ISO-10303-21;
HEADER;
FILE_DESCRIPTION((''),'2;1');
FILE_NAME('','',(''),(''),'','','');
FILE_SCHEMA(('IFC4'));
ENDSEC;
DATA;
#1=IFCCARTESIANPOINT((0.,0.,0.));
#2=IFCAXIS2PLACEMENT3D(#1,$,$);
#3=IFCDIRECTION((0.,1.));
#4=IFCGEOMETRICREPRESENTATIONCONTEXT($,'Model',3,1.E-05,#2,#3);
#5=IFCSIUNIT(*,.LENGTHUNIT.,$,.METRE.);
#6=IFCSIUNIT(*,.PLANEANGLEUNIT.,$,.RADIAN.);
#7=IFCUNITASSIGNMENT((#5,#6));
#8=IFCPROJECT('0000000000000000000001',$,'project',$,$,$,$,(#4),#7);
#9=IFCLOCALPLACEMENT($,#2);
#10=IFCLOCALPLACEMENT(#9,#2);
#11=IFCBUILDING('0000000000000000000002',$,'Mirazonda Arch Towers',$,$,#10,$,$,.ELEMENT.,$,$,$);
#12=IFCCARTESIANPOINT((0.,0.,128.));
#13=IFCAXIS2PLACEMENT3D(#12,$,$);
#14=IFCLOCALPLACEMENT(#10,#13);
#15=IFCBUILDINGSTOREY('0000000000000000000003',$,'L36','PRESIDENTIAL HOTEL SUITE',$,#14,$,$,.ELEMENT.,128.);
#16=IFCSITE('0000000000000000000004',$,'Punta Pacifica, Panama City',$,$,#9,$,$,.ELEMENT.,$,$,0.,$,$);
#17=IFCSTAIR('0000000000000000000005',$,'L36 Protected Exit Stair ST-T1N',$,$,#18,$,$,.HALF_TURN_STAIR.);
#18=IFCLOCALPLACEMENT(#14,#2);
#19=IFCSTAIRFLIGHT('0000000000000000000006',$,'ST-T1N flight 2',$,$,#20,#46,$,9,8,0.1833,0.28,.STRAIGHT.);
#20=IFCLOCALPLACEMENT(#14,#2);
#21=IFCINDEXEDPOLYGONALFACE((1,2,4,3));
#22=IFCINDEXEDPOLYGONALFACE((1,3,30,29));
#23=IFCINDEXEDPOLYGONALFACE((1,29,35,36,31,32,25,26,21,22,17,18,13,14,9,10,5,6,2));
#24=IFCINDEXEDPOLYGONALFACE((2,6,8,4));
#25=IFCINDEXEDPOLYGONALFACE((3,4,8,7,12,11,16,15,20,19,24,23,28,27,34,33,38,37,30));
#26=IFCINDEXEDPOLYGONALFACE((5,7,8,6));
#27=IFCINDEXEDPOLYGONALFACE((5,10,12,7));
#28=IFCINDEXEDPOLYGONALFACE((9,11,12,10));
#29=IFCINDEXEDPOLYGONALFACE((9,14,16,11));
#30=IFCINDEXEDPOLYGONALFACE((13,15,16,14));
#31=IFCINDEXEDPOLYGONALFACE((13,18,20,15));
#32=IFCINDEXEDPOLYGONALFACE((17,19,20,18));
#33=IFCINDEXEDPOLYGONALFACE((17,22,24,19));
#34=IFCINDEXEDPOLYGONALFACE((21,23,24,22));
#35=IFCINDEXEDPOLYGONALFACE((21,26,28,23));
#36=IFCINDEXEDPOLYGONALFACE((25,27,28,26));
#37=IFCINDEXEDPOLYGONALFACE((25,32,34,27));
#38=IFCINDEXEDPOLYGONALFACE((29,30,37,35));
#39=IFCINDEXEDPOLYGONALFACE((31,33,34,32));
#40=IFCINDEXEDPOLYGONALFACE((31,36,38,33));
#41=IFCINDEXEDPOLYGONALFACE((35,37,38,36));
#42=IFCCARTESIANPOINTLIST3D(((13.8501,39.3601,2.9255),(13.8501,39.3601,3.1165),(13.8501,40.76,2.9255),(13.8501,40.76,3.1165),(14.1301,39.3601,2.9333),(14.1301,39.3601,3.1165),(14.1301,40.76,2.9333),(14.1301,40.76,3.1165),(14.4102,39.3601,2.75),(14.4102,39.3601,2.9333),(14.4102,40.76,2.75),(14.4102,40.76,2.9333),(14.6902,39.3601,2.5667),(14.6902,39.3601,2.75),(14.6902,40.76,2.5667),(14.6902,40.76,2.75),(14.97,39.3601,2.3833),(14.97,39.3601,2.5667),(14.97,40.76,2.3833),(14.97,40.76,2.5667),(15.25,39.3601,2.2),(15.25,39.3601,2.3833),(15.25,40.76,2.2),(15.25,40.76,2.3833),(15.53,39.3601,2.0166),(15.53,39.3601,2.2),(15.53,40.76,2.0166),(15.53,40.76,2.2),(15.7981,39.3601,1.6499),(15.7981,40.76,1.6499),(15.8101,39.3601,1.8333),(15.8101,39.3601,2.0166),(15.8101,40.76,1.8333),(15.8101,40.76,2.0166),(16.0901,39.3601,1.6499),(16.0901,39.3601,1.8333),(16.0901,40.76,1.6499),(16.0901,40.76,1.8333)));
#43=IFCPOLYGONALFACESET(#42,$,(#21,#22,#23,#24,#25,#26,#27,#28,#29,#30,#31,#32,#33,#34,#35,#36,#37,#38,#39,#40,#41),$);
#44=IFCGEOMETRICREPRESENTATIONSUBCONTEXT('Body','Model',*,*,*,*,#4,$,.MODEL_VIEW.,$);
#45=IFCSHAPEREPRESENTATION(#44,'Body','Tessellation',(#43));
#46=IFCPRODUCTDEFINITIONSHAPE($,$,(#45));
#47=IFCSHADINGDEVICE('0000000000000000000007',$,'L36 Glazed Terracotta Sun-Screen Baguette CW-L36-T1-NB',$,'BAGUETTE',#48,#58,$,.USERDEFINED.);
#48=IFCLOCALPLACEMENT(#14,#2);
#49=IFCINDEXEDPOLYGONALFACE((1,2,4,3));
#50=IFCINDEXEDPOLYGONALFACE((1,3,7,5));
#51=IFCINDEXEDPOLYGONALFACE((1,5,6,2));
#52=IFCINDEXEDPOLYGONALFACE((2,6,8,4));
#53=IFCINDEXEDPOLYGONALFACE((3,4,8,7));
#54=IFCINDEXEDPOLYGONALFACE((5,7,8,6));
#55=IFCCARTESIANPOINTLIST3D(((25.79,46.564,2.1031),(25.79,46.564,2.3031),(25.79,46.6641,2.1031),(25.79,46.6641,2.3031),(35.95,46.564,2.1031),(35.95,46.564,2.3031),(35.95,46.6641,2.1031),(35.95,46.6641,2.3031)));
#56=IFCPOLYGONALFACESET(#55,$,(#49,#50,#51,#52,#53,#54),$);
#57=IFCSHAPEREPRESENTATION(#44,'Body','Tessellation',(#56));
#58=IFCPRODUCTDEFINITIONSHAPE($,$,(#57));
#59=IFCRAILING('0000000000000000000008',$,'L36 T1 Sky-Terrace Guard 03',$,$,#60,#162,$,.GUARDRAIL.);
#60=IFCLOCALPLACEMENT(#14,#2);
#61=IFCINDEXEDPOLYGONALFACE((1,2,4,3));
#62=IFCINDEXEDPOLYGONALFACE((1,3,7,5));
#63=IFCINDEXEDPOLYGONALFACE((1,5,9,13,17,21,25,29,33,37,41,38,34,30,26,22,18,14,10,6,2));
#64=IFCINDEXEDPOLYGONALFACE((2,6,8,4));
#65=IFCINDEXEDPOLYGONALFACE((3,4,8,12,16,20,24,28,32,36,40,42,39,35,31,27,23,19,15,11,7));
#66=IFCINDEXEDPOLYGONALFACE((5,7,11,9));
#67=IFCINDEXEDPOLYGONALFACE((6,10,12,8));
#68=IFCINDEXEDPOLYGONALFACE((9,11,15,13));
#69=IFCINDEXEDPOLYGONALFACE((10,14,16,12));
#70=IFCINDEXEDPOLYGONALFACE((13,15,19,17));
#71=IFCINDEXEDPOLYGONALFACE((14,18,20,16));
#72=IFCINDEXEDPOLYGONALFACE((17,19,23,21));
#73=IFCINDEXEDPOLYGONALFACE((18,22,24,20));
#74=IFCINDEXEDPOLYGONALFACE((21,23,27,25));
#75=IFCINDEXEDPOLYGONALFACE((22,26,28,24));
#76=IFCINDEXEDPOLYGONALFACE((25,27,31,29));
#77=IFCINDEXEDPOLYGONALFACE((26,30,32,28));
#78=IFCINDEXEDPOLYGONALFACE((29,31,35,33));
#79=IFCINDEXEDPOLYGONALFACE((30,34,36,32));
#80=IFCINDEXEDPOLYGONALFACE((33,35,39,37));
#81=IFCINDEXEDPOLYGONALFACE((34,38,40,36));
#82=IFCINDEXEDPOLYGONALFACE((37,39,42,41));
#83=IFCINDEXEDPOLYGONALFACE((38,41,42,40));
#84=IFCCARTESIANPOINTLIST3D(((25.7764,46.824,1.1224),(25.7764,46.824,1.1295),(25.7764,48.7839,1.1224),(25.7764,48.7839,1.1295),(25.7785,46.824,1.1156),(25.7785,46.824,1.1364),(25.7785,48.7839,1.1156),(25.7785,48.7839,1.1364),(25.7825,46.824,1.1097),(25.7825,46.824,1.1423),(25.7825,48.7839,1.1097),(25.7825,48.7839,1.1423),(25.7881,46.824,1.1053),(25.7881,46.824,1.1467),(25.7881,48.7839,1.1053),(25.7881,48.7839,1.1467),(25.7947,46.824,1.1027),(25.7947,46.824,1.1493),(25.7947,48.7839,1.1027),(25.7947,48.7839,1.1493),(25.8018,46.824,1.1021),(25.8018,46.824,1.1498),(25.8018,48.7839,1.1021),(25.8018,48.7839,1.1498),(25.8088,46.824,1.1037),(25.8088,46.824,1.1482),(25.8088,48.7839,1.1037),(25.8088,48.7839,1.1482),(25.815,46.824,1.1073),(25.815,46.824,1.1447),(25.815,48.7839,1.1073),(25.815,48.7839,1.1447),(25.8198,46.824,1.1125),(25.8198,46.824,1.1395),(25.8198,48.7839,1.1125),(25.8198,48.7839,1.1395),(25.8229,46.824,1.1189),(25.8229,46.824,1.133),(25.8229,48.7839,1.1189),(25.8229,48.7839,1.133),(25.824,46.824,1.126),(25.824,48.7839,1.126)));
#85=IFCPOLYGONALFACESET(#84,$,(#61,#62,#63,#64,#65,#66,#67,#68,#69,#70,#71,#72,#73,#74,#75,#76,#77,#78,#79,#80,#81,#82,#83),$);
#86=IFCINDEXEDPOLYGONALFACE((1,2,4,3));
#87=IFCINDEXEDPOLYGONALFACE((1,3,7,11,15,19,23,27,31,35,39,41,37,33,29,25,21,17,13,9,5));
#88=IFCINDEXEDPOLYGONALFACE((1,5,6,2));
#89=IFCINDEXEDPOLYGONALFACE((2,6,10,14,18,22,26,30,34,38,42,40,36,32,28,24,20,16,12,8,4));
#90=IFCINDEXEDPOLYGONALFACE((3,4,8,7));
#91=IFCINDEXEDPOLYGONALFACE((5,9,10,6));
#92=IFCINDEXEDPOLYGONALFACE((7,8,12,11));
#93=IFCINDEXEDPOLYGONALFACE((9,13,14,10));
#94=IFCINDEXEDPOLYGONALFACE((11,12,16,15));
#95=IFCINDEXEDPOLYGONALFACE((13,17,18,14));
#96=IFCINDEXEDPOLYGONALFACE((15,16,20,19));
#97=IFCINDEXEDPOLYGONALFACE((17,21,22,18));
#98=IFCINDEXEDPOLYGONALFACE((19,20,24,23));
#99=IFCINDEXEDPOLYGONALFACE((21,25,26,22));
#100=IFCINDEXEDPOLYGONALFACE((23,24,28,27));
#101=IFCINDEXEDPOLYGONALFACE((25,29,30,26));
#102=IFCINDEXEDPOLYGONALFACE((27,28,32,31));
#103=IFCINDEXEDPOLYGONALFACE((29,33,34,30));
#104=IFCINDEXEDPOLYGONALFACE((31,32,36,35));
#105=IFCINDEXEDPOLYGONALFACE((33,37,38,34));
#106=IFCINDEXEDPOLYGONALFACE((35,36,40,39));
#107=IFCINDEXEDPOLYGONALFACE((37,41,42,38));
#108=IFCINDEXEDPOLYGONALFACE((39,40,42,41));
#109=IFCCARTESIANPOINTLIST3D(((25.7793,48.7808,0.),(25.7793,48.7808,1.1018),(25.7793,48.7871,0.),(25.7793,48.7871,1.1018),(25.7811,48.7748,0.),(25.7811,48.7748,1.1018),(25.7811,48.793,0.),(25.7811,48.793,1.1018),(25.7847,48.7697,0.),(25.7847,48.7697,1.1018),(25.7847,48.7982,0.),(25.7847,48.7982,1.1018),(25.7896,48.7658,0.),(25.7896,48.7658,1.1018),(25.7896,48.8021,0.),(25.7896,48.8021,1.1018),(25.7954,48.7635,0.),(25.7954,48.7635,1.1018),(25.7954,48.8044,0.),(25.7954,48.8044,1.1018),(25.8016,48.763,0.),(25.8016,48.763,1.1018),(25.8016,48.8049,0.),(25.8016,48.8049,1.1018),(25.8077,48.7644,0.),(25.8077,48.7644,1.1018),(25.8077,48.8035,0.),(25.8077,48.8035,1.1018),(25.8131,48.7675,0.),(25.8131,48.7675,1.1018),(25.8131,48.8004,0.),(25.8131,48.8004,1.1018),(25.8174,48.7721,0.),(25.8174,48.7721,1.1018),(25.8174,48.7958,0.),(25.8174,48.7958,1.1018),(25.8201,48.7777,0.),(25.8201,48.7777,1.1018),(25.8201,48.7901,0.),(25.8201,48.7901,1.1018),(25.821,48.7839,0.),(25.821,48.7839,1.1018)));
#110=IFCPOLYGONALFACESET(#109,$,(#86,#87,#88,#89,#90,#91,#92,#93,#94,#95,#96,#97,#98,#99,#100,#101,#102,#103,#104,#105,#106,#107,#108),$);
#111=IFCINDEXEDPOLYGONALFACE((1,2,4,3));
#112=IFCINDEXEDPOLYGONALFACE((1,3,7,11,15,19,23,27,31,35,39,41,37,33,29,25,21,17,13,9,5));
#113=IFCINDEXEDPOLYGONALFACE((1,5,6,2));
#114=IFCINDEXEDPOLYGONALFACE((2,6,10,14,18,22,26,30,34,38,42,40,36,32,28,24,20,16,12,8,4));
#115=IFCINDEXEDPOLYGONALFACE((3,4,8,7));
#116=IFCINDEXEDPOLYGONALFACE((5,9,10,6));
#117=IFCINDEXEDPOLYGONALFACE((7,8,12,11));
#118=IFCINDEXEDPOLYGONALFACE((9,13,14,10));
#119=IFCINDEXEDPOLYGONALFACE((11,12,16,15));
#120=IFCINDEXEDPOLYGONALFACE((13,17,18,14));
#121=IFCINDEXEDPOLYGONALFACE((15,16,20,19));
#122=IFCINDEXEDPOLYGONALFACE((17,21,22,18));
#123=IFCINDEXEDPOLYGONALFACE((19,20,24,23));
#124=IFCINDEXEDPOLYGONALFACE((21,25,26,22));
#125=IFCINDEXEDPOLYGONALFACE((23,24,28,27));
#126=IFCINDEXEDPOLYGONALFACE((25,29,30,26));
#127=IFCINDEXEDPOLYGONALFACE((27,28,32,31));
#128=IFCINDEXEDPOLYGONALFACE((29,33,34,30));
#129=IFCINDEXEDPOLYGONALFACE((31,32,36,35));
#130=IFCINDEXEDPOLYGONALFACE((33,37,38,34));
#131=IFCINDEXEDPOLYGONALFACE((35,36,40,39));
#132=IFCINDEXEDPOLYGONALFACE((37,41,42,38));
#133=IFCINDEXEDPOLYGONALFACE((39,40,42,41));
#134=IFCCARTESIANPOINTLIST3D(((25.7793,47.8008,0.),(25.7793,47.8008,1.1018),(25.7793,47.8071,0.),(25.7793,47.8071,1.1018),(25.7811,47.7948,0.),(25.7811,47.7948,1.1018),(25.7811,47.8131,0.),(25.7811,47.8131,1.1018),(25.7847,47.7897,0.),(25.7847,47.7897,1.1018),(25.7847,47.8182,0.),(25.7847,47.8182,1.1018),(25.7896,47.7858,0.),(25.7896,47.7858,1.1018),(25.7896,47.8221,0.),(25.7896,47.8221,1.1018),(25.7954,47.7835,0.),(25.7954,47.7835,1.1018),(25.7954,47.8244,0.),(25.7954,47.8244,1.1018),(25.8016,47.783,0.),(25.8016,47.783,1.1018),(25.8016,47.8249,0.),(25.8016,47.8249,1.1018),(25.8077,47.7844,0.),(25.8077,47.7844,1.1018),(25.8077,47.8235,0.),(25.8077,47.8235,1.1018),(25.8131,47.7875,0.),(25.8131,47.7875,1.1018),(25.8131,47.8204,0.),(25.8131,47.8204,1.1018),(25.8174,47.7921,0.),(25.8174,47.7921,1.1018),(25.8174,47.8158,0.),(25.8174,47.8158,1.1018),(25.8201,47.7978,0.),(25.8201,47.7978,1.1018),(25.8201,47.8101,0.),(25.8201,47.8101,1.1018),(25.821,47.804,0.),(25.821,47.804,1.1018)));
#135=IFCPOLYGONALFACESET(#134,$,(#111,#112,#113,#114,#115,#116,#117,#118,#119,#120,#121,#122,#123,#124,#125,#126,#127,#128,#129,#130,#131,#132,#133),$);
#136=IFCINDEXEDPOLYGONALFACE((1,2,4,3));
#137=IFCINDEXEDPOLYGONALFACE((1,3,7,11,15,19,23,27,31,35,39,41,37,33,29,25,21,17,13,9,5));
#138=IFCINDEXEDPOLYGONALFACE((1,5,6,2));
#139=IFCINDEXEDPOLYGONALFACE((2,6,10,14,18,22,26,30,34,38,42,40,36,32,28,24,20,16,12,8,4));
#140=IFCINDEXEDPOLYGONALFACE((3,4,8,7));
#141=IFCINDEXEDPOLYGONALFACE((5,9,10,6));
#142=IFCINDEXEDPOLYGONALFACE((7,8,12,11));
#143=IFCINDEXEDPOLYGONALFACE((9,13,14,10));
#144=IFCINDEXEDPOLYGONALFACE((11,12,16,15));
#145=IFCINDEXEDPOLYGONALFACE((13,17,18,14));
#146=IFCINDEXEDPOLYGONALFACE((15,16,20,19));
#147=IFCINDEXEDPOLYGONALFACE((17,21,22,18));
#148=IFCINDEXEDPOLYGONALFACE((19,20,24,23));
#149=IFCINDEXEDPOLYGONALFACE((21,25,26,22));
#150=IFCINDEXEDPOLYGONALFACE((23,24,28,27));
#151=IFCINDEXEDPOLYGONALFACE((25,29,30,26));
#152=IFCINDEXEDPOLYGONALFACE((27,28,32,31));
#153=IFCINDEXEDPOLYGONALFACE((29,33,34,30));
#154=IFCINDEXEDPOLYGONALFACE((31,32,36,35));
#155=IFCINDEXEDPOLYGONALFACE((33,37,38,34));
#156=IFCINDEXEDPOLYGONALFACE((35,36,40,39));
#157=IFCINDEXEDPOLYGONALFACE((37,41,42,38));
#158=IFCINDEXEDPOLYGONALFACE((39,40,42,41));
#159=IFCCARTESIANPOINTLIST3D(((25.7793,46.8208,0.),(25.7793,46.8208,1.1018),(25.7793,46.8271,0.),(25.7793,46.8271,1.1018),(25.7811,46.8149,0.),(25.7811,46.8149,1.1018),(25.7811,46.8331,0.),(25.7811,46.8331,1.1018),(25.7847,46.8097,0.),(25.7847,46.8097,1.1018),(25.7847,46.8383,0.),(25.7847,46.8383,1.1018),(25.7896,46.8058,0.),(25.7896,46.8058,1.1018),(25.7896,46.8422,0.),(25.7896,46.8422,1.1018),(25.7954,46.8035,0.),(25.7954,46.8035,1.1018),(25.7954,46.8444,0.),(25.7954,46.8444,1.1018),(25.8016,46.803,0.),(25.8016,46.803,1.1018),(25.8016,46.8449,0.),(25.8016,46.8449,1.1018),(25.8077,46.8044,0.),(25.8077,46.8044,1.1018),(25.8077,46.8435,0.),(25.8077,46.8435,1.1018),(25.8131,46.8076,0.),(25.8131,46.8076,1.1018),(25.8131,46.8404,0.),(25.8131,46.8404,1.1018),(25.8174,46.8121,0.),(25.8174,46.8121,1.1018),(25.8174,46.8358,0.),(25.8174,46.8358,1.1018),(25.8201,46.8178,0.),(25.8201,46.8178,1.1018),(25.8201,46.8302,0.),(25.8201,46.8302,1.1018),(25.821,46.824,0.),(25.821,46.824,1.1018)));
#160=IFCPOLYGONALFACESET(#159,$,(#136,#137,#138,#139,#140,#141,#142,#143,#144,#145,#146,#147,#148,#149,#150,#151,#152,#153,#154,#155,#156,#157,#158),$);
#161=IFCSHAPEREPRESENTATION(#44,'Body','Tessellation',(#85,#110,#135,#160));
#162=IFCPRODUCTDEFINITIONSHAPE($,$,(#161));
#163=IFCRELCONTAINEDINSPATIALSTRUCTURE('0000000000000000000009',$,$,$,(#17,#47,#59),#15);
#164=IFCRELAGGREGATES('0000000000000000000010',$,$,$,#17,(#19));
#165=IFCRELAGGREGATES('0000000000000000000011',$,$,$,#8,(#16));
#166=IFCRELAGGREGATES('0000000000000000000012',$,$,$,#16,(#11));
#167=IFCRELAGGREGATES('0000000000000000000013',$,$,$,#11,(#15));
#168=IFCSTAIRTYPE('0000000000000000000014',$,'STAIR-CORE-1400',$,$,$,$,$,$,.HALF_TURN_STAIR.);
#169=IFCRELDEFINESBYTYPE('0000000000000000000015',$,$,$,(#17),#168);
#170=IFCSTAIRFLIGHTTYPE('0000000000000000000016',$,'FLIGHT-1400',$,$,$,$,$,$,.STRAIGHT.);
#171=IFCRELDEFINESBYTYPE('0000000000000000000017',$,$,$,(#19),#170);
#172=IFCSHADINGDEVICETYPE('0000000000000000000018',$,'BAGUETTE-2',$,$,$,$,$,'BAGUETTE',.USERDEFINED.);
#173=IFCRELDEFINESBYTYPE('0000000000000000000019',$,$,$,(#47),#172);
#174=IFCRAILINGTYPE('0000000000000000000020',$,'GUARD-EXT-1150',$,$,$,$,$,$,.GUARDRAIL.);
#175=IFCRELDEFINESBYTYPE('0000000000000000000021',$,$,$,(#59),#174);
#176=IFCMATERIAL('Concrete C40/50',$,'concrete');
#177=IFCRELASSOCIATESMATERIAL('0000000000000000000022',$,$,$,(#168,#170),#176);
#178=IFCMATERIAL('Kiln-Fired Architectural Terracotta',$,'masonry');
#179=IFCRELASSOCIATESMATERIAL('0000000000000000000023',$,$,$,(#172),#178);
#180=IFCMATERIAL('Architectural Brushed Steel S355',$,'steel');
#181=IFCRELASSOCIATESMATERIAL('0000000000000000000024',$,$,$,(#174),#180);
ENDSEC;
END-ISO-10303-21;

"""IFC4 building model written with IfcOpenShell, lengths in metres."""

from ifc_helpers import new_model, si_unit, direction, frame, origin, origin_2d, place, context, subcontext, project, spatial, polyline, rectangle, circle, outline, extrude, material, material_profile, profile_set, type_object, element, aggregate, save


model = new_model("IFC4")

# Units and contexts
model_context = context("Model", 3, precision=1e-05, world=origin(), true_north=direction((0.0, 1.0)))
body_context = subcontext(model_context, "Body", "Model", "MODEL_VIEW")
ifc_project = project(units=[si_unit("LENGTHUNIT", "METRE"), si_unit("PLANEANGLEUNIT", "RADIAN")], contexts=[model_context])

# Site, building, storey
site_placement = place(None, origin())
site = spatial("IfcSite", under=ifc_project, at=site_placement, Name="Punta Pacifica, Panama City", CompositionType="ELEMENT", RefElevation=0.0)
building_placement = place(site_placement, origin())
building = spatial("IfcBuilding", under=site, at=building_placement, Name="Mirazonda Arch Towers", CompositionType="ELEMENT")
storey_placement = place(building_placement, frame((0.0, 0.0, 128.0)))
storey = spatial("IfcBuildingStorey", under=building, at=storey_placement, Name="L36", Description="PRESIDENTIAL HOTEL SUITE", CompositionType="ELEMENT", Elevation=128.0)

# Shared definitions
ifc_material_1 = material(Name="Concrete C40/50", Category="concrete")

# Shared definitions
ifc_material_2 = material(Name="Architectural Brushed Steel S355", Category="steel")

# Stair, stair flight
stair_type = type_object("IfcStairType", Name="STAIR-CORE-1400", PredefinedType="HALF_TURN_STAIR", material=ifc_material_1)
stair_placement = place(storey_placement, origin())
stair = element("IfcStair", 1, at=stair_placement, inside=storey, type_object=stair_type, Name="L36 Protected Exit Stair ST-T1N", PredefinedType="HALF_TURN_STAIR")
stair_flight_type = type_object("IfcStairFlightType", Name="FLIGHT-1400", PredefinedType="STRAIGHT", material=ifc_material_1)
stair_flight_placement = place(storey_placement, frame((16.0901, 40.0601, 1.6499), z_axis=(0.0, 0.0, 1.0), x_axis=(-1.0, 0.0, 0.0)))
stair_flight = element("IfcStairFlight", 2, at=stair_flight_placement, type_object=stair_flight_type, Name="ST-T1N flight 2", NumberOfRisers=9, NumberOfTreads=8, PredefinedType="STRAIGHT", RiserHeight=0.1833, TreadLength=0.28, context=body_context, shape_type="SweptSolid", body=[
    extrude(outline(polyline([(0.0, 0.0), (0.0, 0.1833), (0.28, 0.1833), (0.28, 0.3667), (0.5601, 0.3667), (0.5601, 0.55), (0.8401, 0.55), (0.8401, 0.7334), (1.1201, 0.7334), (1.1201, 0.9167), (1.3999, 0.9167), (1.3999, 1.1001), (1.6799, 1.1001), (1.6799, 1.2834), (1.96, 1.2834), (1.96, 1.4666), (2.24, 1.4666), (2.24, 1.6499), (2.24, 1.2756), (0.292, 0.0), (0.0, 0.0)])), frame((0.0, 0.7, 0.0), z_axis=(0.0, -1.0, 0.0), x_axis=(1.0, 0.0, 0.0)), (0.0, 0.0, 1.0), 1.3999),
])
aggregate(stair, [stair_flight])

# Shading device
ifc_material_3 = material(Name="Kiln-Fired Architectural Terracotta", Category="masonry")
ifc_material_profile_1 = material_profile(ifc_material_3, rectangle(XDim=0.1001, YDim=0.2, at=origin_2d()), Name="TERRA-BAG-100x200")
ifc_profile_set_1 = profile_set([ifc_material_profile_1], Name="Kiln-Fired Architectural Terracotta")
shading_device_type = type_object("IfcShadingDeviceType", Name="BAGUETTE-2", ElementType="BAGUETTE", PredefinedType="USERDEFINED", material=ifc_profile_set_1)
shading_device_placement = place(storey_placement, frame((25.79, 46.614, 2.2031), z_axis=(1.0, 0.0, 0.0), x_axis=(0.0, 1.0, 0.0)))
element("IfcShadingDevice", 3, at=shading_device_placement, inside=storey, type_object=shading_device_type, Name="L36 Glazed Terracotta Sun-Screen Baguette CW-L36-T1-NB", ObjectType="BAGUETTE", PredefinedType="USERDEFINED", context=body_context, shape_type="SweptSolid", body=[
    extrude(rectangle(XDim=0.1001, YDim=0.2, at=origin_2d()), origin(), (0.0, 0.0, 1.0), 10.1599),
])

# Railing
railing_type_1 = type_object("IfcRailingType", Name="GUARD-EXT-1150", PredefinedType="GUARDRAIL", material=ifc_material_2)
railing_1_placement = place(storey_placement, frame((25.8, 48.7839, 0.0)))
element("IfcRailing", 4, at=railing_1_placement, inside=storey, type_object=railing_type_1, Name="L36 T1 Sky-Terrace Guard 03", PredefinedType="GUARDRAIL", context=body_context, shape_type="SweptSolid", body=[
    extrude(circle(Radius=0.0239, at=origin_2d()), frame((0.0, 0.0, 1.126), z_axis=(0.0, -1.0, 0.0), x_axis=(1.0, 0.0, 0.0)), (0.0, 0.0, 1.0), 1.96),
    extrude(circle(Radius=0.021, at=origin_2d()), origin(), (0.0, 0.0, 1.0), 1.1018),
    extrude(circle(Radius=0.021, at=origin_2d()), frame((0.0, -0.98, 0.0)), (0.0, 0.0, 1.0), 1.1018),
    extrude(circle(Radius=0.021, at=origin_2d()), frame((0.0, -1.96, 0.0)), (0.0, 0.0, 1.0), 1.1018),
])

save(model, "model.ifc")
